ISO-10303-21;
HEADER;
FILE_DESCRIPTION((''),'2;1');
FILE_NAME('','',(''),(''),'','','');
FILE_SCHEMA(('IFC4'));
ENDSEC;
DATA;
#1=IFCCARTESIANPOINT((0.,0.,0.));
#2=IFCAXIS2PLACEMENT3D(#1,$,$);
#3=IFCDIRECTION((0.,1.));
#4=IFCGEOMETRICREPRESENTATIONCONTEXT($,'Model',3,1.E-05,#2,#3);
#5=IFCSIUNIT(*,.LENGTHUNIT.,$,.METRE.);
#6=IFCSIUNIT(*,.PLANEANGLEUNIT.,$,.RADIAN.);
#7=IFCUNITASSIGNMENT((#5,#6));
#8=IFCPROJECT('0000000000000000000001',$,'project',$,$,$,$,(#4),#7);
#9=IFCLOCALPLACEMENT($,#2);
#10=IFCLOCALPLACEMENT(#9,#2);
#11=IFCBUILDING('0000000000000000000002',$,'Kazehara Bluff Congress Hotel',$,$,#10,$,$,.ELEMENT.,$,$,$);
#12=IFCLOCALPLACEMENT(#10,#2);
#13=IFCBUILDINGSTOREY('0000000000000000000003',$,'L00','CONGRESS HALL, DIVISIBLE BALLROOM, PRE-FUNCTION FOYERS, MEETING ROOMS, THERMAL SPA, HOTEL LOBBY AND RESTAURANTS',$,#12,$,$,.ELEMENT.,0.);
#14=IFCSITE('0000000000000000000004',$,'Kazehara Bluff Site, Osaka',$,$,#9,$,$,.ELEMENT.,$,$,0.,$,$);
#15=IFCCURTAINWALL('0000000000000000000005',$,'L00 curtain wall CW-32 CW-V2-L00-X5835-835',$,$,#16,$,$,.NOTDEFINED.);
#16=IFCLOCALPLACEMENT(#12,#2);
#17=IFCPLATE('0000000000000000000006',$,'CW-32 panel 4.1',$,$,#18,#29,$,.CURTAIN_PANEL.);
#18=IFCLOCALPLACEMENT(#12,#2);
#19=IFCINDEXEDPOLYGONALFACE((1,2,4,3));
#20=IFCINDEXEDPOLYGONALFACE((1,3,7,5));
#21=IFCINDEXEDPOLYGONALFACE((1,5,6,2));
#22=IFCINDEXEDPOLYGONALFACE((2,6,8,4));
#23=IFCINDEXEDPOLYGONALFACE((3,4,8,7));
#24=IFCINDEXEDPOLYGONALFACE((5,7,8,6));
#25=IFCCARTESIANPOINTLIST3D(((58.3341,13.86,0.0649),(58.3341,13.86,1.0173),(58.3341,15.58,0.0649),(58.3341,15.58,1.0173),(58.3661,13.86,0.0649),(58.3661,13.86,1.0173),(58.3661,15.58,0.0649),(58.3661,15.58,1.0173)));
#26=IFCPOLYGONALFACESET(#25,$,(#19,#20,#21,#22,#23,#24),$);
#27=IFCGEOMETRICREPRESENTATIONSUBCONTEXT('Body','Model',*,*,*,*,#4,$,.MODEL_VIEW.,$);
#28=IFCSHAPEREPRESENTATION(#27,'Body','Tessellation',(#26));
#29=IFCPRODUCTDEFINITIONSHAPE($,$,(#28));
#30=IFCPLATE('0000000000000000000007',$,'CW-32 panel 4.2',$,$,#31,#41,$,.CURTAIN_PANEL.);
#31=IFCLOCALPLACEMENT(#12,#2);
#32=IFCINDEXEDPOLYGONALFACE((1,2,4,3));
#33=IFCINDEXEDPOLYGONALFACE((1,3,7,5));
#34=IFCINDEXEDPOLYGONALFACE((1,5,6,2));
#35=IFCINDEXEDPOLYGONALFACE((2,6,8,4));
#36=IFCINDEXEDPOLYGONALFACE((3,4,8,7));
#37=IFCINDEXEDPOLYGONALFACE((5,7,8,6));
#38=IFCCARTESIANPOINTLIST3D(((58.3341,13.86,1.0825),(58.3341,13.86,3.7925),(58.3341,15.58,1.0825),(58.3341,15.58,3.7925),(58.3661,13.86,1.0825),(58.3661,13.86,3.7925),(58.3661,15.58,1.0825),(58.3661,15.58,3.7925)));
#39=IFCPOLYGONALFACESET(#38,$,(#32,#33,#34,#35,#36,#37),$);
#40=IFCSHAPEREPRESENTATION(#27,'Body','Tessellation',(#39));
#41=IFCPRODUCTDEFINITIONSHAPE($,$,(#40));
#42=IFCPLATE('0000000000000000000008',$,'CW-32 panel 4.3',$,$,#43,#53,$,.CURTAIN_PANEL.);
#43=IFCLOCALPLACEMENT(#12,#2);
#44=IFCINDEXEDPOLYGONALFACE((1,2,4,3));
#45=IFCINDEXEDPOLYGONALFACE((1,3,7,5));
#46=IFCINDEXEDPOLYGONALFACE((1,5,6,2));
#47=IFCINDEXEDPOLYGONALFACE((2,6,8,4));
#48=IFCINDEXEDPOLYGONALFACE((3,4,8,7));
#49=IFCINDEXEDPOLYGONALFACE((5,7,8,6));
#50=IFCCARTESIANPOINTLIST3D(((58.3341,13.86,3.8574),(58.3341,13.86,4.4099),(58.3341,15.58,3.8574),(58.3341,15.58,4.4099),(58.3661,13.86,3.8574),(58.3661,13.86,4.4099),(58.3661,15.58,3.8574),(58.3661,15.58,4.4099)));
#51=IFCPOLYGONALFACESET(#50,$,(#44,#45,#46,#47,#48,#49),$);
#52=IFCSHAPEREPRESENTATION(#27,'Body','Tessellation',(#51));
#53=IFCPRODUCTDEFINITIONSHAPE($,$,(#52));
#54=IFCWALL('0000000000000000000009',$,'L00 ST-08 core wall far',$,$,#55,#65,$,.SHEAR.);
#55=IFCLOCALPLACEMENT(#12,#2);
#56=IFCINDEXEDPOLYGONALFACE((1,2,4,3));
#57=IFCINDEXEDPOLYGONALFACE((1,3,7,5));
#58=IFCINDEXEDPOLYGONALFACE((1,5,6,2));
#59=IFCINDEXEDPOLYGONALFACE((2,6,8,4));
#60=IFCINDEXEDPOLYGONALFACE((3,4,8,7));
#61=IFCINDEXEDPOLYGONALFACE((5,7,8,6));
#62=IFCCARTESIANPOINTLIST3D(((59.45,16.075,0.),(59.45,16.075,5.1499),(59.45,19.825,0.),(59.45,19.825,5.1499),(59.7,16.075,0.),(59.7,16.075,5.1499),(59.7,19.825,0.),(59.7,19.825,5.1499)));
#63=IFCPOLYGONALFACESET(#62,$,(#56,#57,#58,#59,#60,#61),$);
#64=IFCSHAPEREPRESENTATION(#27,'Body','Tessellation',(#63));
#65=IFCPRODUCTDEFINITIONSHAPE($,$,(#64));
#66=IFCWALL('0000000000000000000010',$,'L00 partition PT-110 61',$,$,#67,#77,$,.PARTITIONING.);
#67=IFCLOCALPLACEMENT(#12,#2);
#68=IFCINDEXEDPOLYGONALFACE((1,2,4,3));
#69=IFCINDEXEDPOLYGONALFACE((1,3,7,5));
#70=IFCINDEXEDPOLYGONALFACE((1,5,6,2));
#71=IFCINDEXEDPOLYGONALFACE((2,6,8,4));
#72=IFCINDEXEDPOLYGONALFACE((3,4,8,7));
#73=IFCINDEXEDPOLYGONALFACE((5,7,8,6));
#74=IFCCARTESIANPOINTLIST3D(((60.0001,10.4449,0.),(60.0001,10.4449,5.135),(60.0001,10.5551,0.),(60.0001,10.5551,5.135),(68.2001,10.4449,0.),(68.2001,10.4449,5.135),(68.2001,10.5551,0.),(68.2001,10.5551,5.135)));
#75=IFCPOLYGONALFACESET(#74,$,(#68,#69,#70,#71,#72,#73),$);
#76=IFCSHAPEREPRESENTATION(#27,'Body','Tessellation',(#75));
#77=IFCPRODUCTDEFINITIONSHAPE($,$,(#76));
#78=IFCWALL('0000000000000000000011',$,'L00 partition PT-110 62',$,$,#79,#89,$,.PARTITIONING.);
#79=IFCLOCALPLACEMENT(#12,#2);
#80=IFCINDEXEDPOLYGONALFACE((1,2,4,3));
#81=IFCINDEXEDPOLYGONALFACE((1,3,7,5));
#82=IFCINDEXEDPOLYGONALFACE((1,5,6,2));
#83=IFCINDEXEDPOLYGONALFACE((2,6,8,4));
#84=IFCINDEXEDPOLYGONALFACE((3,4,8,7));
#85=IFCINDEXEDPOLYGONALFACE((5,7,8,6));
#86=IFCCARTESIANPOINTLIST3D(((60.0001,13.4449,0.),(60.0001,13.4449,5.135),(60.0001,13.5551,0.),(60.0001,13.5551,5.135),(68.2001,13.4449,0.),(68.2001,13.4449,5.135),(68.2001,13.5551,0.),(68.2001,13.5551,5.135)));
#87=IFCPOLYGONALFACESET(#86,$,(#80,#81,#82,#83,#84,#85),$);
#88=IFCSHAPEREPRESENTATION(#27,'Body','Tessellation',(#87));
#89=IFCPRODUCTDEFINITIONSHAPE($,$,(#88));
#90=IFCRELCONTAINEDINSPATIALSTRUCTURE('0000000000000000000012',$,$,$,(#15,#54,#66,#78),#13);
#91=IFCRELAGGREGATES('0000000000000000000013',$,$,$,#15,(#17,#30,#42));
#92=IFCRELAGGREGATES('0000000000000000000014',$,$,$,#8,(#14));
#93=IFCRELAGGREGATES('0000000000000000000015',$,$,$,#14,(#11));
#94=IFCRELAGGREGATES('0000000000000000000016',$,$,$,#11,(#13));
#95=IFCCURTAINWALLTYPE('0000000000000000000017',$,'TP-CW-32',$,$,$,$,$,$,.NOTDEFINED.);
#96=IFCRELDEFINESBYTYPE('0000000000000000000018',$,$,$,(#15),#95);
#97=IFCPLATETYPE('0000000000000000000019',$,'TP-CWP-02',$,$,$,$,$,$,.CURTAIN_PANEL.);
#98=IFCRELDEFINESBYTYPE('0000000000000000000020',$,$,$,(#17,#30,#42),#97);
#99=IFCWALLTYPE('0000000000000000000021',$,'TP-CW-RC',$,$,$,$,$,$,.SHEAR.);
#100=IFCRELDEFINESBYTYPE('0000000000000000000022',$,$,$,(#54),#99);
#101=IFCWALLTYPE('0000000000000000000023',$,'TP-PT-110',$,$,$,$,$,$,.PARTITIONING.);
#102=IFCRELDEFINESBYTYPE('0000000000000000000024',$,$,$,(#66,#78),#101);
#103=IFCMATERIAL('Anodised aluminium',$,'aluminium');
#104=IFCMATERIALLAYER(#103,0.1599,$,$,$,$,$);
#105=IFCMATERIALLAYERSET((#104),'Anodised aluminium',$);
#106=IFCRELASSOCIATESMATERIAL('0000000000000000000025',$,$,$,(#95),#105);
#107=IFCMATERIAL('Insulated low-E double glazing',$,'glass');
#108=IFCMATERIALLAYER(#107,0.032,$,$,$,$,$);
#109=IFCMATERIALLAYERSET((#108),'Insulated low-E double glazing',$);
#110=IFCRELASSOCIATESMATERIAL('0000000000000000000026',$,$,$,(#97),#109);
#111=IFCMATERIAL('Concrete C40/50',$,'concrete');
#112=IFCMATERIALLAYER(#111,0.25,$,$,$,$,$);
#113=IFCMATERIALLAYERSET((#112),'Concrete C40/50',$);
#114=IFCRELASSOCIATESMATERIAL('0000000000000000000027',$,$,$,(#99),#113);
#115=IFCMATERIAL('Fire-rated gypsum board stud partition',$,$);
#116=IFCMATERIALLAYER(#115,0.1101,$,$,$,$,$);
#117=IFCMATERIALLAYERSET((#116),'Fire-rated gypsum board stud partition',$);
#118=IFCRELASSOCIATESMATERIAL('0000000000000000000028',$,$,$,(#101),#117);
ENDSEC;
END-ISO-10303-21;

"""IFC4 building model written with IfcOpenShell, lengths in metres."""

from ifc_helpers import new_model, si_unit, direction, frame, frame_2d, origin, origin_2d, place, context, subcontext, project, spatial, rectangle, extrude, material, layer, layer_set, type_object, element, aggregate, save


model = new_model("IFC4")

# Units and contexts
model_context = context("Model", 3, precision=1e-05, world=origin(), true_north=direction((0.0, 1.0)))
body_context = subcontext(model_context, "Body", "Model", "MODEL_VIEW")
ifc_project = project(units=[si_unit("LENGTHUNIT", "METRE"), si_unit("PLANEANGLEUNIT", "RADIAN")], contexts=[model_context])

# Site, building, storey
site_placement = place(None, origin())
site = spatial("IfcSite", under=ifc_project, at=site_placement, Name="Kazehara Bluff Site, Osaka", CompositionType="ELEMENT", RefElevation=0.0)
building_placement = place(site_placement, origin())
building = spatial("IfcBuilding", under=site, at=building_placement, Name="Kazehara Bluff Congress Hotel", CompositionType="ELEMENT")
storey_placement = place(building_placement, origin())
storey = spatial("IfcBuildingStorey", under=building, at=storey_placement, Name="L00", Description="CONGRESS HALL, DIVISIBLE BALLROOM, PRE-FUNCTION FOYERS, MEETING ROOMS, THERMAL SPA, HOTEL LOBBY AND RESTAURANTS", CompositionType="ELEMENT", Elevation=0.0)

# Curtain wall
ifc_material_1 = material(Name="Anodised aluminium", Category="aluminium")
ifc_layer_1 = layer(ifc_material_1, 0.1599)
ifc_layer_set_1 = layer_set([ifc_layer_1], Name="Anodised aluminium")
curtain_wall_type = type_object("IfcCurtainWallType", Name="TP-CW-32", PredefinedType="NOTDEFINED", material=ifc_layer_set_1)
curtain_wall_1_placement = place(storey_placement, origin())
curtain_wall_1 = element("IfcCurtainWall", 1, at=curtain_wall_1_placement, inside=storey, type_object=curtain_wall_type, Name="L00 curtain wall CW-32 CW-V2-L00-X5835-835", PredefinedType="NOTDEFINED")

# Plates
ifc_material_2 = material(Name="Insulated low-E double glazing", Category="glass")
ifc_layer_2 = layer(ifc_material_2, 0.032)
ifc_layer_set_2 = layer_set([ifc_layer_2], Name="Insulated low-E double glazing")
plate_type = type_object("IfcPlateType", Name="TP-CWP-02", PredefinedType="CURTAIN_PANEL", material=ifc_layer_set_2)
plate_1_placement = place(storey_placement, frame((58.3501, 14.72, 0.0649), z_axis=(0.0, 0.0, 1.0), x_axis=(0.0, 1.0, 0.0)))
plate_1 = element("IfcPlate", 2, at=plate_1_placement, type_object=plate_type, Name="CW-32 panel 4.1", PredefinedType="CURTAIN_PANEL", context=body_context, shape_type="SweptSolid", body=[
    extrude(rectangle(XDim=1.72, YDim=0.032, at=origin_2d()), origin(), (0.0, 0.0, 1.0), 0.9524),
])
plate_2_placement = place(storey_placement, frame((58.3501, 14.72, 1.0825), z_axis=(0.0, 0.0, 1.0), x_axis=(0.0, 1.0, 0.0)))
plate_2 = element("IfcPlate", 3, at=plate_2_placement, type_object=plate_type, Name="CW-32 panel 4.2", PredefinedType="CURTAIN_PANEL", context=body_context, shape_type="SweptSolid", body=[
    extrude(rectangle(XDim=1.72, YDim=0.032, at=origin_2d()), origin(), (0.0, 0.0, 1.0), 2.71),
])
plate_3_placement = place(storey_placement, frame((58.3501, 14.72, 3.8574), z_axis=(0.0, 0.0, 1.0), x_axis=(0.0, 1.0, 0.0)))
plate_3 = element("IfcPlate", 4, at=plate_3_placement, type_object=plate_type, Name="CW-32 panel 4.3", PredefinedType="CURTAIN_PANEL", context=body_context, shape_type="SweptSolid", body=[
    extrude(rectangle(XDim=1.72, YDim=0.032, at=origin_2d()), origin(), (0.0, 0.0, 1.0), 0.5525),
])
aggregate(curtain_wall_1, [plate_1, plate_2, plate_3])

# Walls
ifc_material_3 = material(Name="Concrete C40/50", Category="concrete")
ifc_layer_3 = layer(ifc_material_3, 0.25)
ifc_layer_set_3 = layer_set([ifc_layer_3], Name="Concrete C40/50")
wall_type_1 = type_object("IfcWallType", Name="TP-CW-RC", PredefinedType="SHEAR", material=ifc_layer_set_3)
wall_placement = place(storey_placement, frame((59.575, 16.075, 0.0), z_axis=(0.0, 0.0, 1.0), x_axis=(0.0, 1.0, 0.0)))
element("IfcWall", 5, at=wall_placement, inside=storey, type_object=wall_type_1, Name="L00 ST-08 core wall far", PredefinedType="SHEAR", context=body_context, shape_type="SweptSolid", body=[
    extrude(rectangle(XDim=3.75, YDim=0.25, at=frame_2d((1.875, 0.0))), origin(), (0.0, 0.0, 1.0), 5.1499),
])
ifc_material_4 = material(Name="Fire-rated gypsum board stud partition")
ifc_layer_4 = layer(ifc_material_4, 0.1101)
ifc_layer_set_4 = layer_set([ifc_layer_4], Name="Fire-rated gypsum board stud partition")
wall_type_2 = type_object("IfcWallType", Name="TP-PT-110", PredefinedType="PARTITIONING", material=ifc_layer_set_4)
for number, where, z_axis, x_axis, name in (
    (6, (60.0, 10.5, 0.0), (0.0, 0.0, 1.0), (1.0, 0.0, 0.0), "L00 partition PT-110 61"),
    (7, (60.0, 13.5, 0.0), (0.0, 0.0, 1.0), (1.0, 0.0, 0.0), "L00 partition PT-110 62"),
):
    element("IfcWall", number, at=place(storey_placement, frame(where, z_axis=z_axis, x_axis=x_axis)), inside=storey, type_object=wall_type_2, Name=name, PredefinedType="PARTITIONING", context=body_context, shape_type="SweptSolid", body=[
        extrude(rectangle(XDim=8.2, YDim=0.1101, at=frame_2d((4.1001, 0.0))), origin(), (0.0, 0.0, 1.0), 5.135),
    ])

save(model, "model.ifc")
